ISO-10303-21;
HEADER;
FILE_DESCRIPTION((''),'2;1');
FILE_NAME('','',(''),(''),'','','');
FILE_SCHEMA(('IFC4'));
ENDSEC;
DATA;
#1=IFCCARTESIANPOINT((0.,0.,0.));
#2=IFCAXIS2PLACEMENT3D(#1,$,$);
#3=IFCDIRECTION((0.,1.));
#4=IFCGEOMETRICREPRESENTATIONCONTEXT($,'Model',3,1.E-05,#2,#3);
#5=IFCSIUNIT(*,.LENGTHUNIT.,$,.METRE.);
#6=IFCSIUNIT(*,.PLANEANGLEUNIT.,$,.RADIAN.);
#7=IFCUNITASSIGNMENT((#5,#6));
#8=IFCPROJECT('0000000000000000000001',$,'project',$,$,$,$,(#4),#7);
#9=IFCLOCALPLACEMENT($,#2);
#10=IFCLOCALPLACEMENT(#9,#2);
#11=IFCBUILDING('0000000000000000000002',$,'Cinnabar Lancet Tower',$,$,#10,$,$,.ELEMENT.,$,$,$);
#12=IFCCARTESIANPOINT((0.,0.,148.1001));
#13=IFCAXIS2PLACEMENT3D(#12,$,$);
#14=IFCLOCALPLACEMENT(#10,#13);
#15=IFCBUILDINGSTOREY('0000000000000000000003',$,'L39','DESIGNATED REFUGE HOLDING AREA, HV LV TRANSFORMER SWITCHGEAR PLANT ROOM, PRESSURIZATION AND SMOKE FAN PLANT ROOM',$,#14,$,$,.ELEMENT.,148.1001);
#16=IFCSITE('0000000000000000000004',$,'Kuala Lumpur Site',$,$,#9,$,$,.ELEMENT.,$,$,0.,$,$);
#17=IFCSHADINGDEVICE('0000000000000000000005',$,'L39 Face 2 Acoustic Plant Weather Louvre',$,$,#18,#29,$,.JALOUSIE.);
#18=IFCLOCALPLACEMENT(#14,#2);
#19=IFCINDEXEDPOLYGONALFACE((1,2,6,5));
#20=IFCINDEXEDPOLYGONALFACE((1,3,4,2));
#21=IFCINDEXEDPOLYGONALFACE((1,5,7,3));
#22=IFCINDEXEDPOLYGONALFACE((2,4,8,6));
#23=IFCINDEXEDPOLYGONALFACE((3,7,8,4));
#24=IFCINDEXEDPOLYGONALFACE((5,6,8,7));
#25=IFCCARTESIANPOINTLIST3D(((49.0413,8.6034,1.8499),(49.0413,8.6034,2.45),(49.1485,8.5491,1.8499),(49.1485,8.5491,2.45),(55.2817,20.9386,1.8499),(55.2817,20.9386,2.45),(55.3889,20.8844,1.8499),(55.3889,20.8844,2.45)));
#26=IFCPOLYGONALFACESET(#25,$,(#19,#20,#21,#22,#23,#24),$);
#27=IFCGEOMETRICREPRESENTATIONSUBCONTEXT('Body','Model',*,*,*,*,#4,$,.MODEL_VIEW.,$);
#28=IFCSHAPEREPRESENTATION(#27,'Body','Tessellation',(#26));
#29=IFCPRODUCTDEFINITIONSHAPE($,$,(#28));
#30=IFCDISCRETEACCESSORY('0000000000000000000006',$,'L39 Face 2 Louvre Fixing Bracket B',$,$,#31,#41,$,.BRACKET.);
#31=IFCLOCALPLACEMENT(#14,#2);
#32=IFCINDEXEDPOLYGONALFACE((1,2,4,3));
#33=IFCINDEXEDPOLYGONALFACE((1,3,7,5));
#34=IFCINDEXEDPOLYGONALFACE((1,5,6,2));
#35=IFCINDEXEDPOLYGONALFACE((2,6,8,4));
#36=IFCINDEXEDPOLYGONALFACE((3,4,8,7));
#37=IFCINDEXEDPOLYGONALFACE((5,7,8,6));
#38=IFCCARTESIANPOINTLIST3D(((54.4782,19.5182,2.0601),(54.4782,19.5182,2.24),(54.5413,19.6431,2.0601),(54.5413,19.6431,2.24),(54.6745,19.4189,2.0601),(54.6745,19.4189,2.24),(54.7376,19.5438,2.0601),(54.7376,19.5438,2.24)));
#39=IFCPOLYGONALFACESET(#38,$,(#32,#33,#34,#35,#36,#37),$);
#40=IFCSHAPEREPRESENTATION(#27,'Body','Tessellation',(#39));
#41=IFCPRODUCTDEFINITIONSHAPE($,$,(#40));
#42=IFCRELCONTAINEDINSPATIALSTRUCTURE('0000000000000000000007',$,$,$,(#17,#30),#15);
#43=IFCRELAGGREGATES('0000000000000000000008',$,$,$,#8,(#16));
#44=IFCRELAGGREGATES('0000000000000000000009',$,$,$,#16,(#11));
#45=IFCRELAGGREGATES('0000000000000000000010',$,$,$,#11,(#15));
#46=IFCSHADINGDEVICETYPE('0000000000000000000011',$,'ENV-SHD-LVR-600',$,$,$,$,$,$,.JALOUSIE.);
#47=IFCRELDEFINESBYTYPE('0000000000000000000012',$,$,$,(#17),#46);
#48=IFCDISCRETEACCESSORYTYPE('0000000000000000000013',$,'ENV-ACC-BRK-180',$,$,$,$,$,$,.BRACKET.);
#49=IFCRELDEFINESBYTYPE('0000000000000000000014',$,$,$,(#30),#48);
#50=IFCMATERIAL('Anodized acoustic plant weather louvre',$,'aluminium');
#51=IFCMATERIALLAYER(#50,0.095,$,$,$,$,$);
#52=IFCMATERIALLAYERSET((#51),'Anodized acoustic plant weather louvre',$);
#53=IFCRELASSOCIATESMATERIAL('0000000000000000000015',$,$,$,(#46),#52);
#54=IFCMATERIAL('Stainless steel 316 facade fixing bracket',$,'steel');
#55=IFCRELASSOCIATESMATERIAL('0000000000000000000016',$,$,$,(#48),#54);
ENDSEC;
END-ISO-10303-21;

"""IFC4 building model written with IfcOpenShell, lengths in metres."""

from ifc_helpers import new_model, si_unit, direction, frame, origin, origin_2d, place, context, subcontext, project, spatial, rectangle, extrude, material, layer, layer_set, type_object, element, save


model = new_model("IFC4")

# Units and contexts
model_context = context("Model", 3, precision=1e-05, world=origin(), true_north=direction((0.0, 1.0)))
body_context = subcontext(model_context, "Body", "Model", "MODEL_VIEW")
ifc_project = project(units=[si_unit("LENGTHUNIT", "METRE"), si_unit("PLANEANGLEUNIT", "RADIAN")], contexts=[model_context])

# Site, building, storey
site_placement = place(None, origin())
site = spatial("IfcSite", under=ifc_project, at=site_placement, Name="Kuala Lumpur Site", CompositionType="ELEMENT", RefElevation=0.0)
building_placement = place(site_placement, origin())
building = spatial("IfcBuilding", under=site, at=building_placement, Name="Cinnabar Lancet Tower", CompositionType="ELEMENT")
storey_placement = place(building_placement, frame((0.0, 0.0, 148.1001)))
storey = spatial("IfcBuildingStorey", under=building, at=storey_placement, Name="L39", Description="DESIGNATED REFUGE HOLDING AREA, HV LV TRANSFORMER SWITCHGEAR PLANT ROOM, PRESSURIZATION AND SMOKE FAN PLANT ROOM", CompositionType="ELEMENT", Elevation=148.1001)

# Shading device
ifc_material_1 = material(Name="Anodized acoustic plant weather louvre", Category="aluminium")
ifc_layer_1 = layer(ifc_material_1, 0.095)
ifc_layer_set_1 = layer_set([ifc_layer_1], Name="Anodized acoustic plant weather louvre")
shading_device_type = type_object("IfcShadingDeviceType", Name="ENV-SHD-LVR-600", PredefinedType="JALOUSIE", material=ifc_layer_set_1)
shading_device_placement = place(storey_placement, frame((52.2151, 14.7439, 1.8499), z_axis=(0.0, 0.0, 1.0), x_axis=(0.451423, 0.89231, 0.0)))
element("IfcShadingDevice", 1, at=shading_device_placement, inside=storey, type_object=shading_device_type, Name="L39 Face 2 Acoustic Plant Weather Louvre", PredefinedType="JALOUSIE", context=body_context, shape_type="SweptSolid", body=[
    extrude(rectangle(XDim=13.824, YDim=0.1201, at=origin_2d()), origin(), (0.0, 0.0, 1.0), 0.6001),
])

# Discrete accessory
ifc_material_2 = material(Name="Stainless steel 316 facade fixing bracket", Category="steel")
discrete_accessory_type = type_object("IfcDiscreteAccessoryType", Name="ENV-ACC-BRK-180", PredefinedType="BRACKET", material=ifc_material_2)
discrete_accessory_placement = place(storey_placement, frame((54.6079, 19.531, 2.0601), z_axis=(0.0, 0.0, 1.0), x_axis=(0.451423, 0.89231, 0.0)))
element("IfcDiscreteAccessory", 2, at=discrete_accessory_placement, inside=storey, type_object=discrete_accessory_type, Name="L39 Face 2 Louvre Fixing Bracket B", PredefinedType="BRACKET", context=body_context, shape_type="SweptSolid", body=[
    extrude(rectangle(XDim=0.1399, YDim=0.22, at=origin_2d()), origin(), (0.0, 0.0, 1.0), 0.1799),
])

save(model, "model.ifc")
